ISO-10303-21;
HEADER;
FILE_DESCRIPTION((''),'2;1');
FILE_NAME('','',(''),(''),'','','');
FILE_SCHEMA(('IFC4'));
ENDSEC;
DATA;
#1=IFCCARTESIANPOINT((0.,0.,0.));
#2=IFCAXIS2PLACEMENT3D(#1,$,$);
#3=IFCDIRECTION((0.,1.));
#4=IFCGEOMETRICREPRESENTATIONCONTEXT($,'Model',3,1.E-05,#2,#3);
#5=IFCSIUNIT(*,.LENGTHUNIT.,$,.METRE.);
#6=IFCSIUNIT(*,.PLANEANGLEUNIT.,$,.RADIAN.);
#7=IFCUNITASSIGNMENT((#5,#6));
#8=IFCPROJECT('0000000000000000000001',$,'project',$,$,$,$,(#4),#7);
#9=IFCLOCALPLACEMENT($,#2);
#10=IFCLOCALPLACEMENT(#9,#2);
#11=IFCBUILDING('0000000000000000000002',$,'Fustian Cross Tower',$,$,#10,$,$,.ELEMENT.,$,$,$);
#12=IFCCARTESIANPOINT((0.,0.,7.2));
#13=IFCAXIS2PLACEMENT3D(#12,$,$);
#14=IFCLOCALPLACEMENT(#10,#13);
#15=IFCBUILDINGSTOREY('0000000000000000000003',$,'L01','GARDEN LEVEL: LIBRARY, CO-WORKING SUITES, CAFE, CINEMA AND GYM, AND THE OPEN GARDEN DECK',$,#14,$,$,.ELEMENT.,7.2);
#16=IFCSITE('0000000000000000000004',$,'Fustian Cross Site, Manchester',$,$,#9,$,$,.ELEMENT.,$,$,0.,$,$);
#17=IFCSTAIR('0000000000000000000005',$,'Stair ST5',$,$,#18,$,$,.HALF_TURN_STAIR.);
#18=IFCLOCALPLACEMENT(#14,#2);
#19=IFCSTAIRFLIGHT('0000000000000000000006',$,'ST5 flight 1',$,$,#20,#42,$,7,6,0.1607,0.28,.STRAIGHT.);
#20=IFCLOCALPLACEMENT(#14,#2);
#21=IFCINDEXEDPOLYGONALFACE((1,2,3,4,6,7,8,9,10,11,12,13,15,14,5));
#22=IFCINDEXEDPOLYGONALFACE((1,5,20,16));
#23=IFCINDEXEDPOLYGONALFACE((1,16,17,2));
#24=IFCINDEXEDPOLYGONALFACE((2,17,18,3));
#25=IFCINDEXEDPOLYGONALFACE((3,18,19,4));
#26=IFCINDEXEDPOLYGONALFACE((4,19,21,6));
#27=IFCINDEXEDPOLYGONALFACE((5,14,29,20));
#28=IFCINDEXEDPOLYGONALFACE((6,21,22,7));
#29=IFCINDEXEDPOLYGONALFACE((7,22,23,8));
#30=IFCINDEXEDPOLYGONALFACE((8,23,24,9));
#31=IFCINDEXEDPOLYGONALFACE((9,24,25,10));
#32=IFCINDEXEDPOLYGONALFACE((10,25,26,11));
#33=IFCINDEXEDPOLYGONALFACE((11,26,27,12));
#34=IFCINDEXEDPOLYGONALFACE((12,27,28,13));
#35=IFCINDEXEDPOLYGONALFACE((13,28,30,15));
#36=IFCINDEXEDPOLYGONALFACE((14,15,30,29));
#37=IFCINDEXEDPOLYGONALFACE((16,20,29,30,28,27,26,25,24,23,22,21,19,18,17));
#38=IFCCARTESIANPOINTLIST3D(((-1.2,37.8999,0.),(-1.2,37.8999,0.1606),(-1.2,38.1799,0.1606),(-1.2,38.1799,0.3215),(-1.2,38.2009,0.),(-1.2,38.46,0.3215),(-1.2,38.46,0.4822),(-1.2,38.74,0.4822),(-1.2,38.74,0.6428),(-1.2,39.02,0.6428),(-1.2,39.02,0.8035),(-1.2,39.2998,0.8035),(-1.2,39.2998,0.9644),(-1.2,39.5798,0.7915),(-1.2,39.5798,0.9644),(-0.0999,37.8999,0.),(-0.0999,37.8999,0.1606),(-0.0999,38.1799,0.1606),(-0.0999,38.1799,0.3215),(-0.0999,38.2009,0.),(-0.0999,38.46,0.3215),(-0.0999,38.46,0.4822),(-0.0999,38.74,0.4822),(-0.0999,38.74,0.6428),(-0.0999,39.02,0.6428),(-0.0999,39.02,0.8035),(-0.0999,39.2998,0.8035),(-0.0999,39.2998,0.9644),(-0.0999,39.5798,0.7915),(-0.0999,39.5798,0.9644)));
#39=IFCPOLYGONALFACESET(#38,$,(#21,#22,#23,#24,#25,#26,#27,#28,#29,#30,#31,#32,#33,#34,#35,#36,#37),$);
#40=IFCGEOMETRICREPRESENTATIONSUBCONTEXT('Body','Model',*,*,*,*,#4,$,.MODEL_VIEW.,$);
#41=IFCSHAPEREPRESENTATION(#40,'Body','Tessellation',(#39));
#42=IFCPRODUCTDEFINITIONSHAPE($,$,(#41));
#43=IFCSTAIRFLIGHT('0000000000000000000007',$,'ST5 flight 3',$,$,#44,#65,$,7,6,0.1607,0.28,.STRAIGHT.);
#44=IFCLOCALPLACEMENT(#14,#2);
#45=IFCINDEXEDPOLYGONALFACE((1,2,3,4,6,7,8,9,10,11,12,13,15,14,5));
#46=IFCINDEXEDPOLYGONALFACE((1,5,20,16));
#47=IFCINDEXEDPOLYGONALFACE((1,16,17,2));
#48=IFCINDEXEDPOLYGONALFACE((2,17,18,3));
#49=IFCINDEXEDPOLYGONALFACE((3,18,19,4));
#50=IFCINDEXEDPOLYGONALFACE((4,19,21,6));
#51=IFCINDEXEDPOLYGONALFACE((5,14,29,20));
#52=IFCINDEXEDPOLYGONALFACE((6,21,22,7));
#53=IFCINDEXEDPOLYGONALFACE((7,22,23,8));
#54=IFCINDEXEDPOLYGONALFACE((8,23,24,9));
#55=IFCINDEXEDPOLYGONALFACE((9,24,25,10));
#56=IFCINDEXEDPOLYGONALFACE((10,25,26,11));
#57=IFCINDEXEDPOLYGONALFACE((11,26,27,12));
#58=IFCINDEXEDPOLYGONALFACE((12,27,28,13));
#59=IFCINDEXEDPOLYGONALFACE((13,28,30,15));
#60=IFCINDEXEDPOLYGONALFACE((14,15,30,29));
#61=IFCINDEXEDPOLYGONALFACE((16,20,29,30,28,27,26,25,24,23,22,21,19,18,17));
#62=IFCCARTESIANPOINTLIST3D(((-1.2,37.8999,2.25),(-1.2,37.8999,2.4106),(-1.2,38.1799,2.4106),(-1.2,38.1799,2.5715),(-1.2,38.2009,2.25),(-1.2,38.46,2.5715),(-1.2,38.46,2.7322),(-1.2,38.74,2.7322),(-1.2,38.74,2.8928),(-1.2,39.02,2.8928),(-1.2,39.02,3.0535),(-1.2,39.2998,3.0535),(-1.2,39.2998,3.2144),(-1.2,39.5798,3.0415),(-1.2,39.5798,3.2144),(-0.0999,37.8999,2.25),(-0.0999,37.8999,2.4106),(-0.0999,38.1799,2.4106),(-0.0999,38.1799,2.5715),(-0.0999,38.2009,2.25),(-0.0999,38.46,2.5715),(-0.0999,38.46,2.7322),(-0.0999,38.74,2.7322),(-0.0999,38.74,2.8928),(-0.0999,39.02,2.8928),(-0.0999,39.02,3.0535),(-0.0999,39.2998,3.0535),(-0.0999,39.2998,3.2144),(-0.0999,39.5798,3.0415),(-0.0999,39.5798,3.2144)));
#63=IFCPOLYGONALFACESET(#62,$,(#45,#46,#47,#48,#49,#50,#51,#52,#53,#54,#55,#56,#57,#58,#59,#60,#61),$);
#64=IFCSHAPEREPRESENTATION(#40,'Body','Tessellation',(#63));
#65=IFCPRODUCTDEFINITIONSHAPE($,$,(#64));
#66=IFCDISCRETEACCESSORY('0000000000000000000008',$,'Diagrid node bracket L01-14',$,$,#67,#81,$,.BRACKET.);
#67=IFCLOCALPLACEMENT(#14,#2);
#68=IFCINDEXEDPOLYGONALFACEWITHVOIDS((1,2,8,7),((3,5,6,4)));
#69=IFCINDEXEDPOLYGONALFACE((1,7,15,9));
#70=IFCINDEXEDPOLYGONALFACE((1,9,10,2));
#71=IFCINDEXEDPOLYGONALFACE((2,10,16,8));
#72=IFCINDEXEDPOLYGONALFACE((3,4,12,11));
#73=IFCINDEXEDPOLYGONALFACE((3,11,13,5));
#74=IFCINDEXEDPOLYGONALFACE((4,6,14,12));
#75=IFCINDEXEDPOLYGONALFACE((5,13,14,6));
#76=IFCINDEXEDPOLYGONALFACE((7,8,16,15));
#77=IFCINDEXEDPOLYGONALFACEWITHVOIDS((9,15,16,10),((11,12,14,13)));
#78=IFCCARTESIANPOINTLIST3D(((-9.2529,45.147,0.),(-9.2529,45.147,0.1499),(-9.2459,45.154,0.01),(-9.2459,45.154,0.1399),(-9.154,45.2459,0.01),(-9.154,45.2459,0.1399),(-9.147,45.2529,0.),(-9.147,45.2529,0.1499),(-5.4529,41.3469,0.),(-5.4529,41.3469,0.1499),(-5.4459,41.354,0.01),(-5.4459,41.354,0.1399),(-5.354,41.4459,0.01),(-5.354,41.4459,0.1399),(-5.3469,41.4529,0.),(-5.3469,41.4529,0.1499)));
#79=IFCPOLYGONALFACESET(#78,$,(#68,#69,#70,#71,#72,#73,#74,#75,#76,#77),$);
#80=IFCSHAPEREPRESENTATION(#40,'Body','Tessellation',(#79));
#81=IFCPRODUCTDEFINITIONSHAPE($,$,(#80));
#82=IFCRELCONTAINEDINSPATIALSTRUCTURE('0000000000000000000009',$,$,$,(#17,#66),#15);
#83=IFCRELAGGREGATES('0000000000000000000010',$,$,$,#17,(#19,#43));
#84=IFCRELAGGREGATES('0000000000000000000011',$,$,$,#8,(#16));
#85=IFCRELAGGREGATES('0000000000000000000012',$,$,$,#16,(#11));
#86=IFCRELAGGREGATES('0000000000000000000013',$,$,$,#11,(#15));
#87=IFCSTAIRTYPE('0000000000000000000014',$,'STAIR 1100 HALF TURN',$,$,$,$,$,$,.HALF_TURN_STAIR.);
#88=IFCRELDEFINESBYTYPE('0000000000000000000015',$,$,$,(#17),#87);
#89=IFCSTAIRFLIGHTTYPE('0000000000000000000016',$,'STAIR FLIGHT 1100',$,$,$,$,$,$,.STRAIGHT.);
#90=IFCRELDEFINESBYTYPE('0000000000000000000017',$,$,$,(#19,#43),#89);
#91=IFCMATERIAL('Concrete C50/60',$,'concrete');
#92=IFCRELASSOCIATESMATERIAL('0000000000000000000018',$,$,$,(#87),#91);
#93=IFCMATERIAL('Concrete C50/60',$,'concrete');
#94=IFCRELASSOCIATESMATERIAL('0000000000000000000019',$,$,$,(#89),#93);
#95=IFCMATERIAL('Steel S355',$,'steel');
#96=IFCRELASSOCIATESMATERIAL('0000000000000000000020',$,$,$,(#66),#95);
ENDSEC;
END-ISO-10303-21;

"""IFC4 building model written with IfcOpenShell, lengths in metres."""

from ifc_helpers import new_model, si_unit, direction, frame, origin, origin_2d, place, context, subcontext, project, spatial, polyline, hollow_rectangle, outline, extrude, material, type_object, element, aggregate, save


model = new_model("IFC4")

# Units and contexts
model_context = context("Model", 3, precision=1e-05, world=origin(), true_north=direction((0.0, 1.0)))
body_context = subcontext(model_context, "Body", "Model", "MODEL_VIEW")
ifc_project = project(units=[si_unit("LENGTHUNIT", "METRE"), si_unit("PLANEANGLEUNIT", "RADIAN")], contexts=[model_context])

# Site, building, storey
site_placement = place(None, origin())
site = spatial("IfcSite", under=ifc_project, at=site_placement, Name="Fustian Cross Site, Manchester", CompositionType="ELEMENT", RefElevation=0.0)
building_placement = place(site_placement, origin())
building = spatial("IfcBuilding", under=site, at=building_placement, Name="Fustian Cross Tower", CompositionType="ELEMENT")
storey_placement = place(building_placement, frame((0.0, 0.0, 7.2)))
storey = spatial("IfcBuildingStorey", under=building, at=storey_placement, Name="L01", Description="GARDEN LEVEL: LIBRARY, CO-WORKING SUITES, CAFE, CINEMA AND GYM, AND THE OPEN GARDEN DECK", CompositionType="ELEMENT", Elevation=7.2)

# Stair, stair flights
ifc_material_1 = material(Name="Concrete C50/60", Category="concrete")
stair_type = type_object("IfcStairType", Name="STAIR 1100 HALF TURN", PredefinedType="HALF_TURN_STAIR", material=ifc_material_1)
stair_placement = place(storey_placement, origin())
stair = element("IfcStair", 1, at=stair_placement, inside=storey, type_object=stair_type, Name="Stair ST5", PredefinedType="HALF_TURN_STAIR")
ifc_material_2 = material(Name="Concrete C50/60", Category="concrete")
stair_flight_type = type_object("IfcStairFlightType", Name="STAIR FLIGHT 1100", PredefinedType="STRAIGHT", material=ifc_material_2)
stair_flight_1_placement = place(storey_placement, frame((-0.6499, 37.8999, 0.0), z_axis=(0.0, 0.0, 1.0), x_axis=(0.0, 1.0, 0.0)))
stair_flight_1 = element("IfcStairFlight", 2, at=stair_flight_1_placement, type_object=stair_flight_type, Name="ST5 flight 1", NumberOfRisers=7, NumberOfTreads=6, PredefinedType="STRAIGHT", RiserHeight=0.1607, TreadLength=0.28, context=body_context, shape_type="SweptSolid", body=[
    extrude(outline(polyline([(0.0, 0.0), (0.0, 0.1606), (0.28, 0.1606), (0.28, 0.3215), (0.5601, 0.3215), (0.5601, 0.4822), (0.8401, 0.4822), (0.8401, 0.6428), (1.1201, 0.6428), (1.1201, 0.8035), (1.3999, 0.8035), (1.3999, 0.9644), (1.6799, 0.9644), (1.6799, 1.125), (1.6799, 0.7915), (0.301, 0.0), (0.0, 0.0)])), frame((0.0, 0.55, 0.0), z_axis=(0.0, -1.0, 0.0), x_axis=(1.0, 0.0, 0.0)), (0.0, 0.0, 1.0), 1.1001),
])
stair_flight_2_placement = place(storey_placement, frame((-0.6499, 37.8999, 2.25), z_axis=(0.0, 0.0, 1.0), x_axis=(0.0, 1.0, 0.0)))
stair_flight_2 = element("IfcStairFlight", 3, at=stair_flight_2_placement, type_object=stair_flight_type, Name="ST5 flight 3", NumberOfRisers=7, NumberOfTreads=6, PredefinedType="STRAIGHT", RiserHeight=0.1607, TreadLength=0.28, context=body_context, shape_type="SweptSolid", body=[
    extrude(outline(polyline([(0.0, 0.0), (0.0, 0.1606), (0.28, 0.1606), (0.28, 0.3215), (0.5601, 0.3215), (0.5601, 0.4822), (0.8401, 0.4822), (0.8401, 0.6428), (1.1201, 0.6428), (1.1201, 0.8035), (1.3999, 0.8035), (1.3999, 0.9644), (1.6799, 0.9644), (1.6799, 1.125), (1.6799, 0.7915), (0.301, 0.0), (0.0, 0.0)])), frame((0.0, 0.55, 0.0), z_axis=(0.0, -1.0, 0.0), x_axis=(1.0, 0.0, 0.0)), (0.0, 0.0, 1.0), 1.1001),
])
aggregate(stair, [stair_flight_1, stair_flight_2])

# Discrete accessory
ifc_material_3 = material(Name="Steel S355", Category="steel")
discrete_accessory_placement = place(storey_placement, frame((-9.2, 45.2, 0.075), z_axis=(0.707107, -0.707107, 0.0), x_axis=(0.707107, 0.707107, 0.0)))
element("IfcDiscreteAccessory", 4, at=discrete_accessory_placement, inside=storey, material=ifc_material_3, Name="Diagrid node bracket L01-14", PredefinedType="BRACKET", context=body_context, shape_type="SweptSolid", body=[
    extrude(hollow_rectangle(XDim=0.1499, YDim=0.1499, WallThickness=0.01, at=origin_2d()), origin(), (0.0, 0.0, 1.0), 5.374),
])

save(model, "model.ifc")
